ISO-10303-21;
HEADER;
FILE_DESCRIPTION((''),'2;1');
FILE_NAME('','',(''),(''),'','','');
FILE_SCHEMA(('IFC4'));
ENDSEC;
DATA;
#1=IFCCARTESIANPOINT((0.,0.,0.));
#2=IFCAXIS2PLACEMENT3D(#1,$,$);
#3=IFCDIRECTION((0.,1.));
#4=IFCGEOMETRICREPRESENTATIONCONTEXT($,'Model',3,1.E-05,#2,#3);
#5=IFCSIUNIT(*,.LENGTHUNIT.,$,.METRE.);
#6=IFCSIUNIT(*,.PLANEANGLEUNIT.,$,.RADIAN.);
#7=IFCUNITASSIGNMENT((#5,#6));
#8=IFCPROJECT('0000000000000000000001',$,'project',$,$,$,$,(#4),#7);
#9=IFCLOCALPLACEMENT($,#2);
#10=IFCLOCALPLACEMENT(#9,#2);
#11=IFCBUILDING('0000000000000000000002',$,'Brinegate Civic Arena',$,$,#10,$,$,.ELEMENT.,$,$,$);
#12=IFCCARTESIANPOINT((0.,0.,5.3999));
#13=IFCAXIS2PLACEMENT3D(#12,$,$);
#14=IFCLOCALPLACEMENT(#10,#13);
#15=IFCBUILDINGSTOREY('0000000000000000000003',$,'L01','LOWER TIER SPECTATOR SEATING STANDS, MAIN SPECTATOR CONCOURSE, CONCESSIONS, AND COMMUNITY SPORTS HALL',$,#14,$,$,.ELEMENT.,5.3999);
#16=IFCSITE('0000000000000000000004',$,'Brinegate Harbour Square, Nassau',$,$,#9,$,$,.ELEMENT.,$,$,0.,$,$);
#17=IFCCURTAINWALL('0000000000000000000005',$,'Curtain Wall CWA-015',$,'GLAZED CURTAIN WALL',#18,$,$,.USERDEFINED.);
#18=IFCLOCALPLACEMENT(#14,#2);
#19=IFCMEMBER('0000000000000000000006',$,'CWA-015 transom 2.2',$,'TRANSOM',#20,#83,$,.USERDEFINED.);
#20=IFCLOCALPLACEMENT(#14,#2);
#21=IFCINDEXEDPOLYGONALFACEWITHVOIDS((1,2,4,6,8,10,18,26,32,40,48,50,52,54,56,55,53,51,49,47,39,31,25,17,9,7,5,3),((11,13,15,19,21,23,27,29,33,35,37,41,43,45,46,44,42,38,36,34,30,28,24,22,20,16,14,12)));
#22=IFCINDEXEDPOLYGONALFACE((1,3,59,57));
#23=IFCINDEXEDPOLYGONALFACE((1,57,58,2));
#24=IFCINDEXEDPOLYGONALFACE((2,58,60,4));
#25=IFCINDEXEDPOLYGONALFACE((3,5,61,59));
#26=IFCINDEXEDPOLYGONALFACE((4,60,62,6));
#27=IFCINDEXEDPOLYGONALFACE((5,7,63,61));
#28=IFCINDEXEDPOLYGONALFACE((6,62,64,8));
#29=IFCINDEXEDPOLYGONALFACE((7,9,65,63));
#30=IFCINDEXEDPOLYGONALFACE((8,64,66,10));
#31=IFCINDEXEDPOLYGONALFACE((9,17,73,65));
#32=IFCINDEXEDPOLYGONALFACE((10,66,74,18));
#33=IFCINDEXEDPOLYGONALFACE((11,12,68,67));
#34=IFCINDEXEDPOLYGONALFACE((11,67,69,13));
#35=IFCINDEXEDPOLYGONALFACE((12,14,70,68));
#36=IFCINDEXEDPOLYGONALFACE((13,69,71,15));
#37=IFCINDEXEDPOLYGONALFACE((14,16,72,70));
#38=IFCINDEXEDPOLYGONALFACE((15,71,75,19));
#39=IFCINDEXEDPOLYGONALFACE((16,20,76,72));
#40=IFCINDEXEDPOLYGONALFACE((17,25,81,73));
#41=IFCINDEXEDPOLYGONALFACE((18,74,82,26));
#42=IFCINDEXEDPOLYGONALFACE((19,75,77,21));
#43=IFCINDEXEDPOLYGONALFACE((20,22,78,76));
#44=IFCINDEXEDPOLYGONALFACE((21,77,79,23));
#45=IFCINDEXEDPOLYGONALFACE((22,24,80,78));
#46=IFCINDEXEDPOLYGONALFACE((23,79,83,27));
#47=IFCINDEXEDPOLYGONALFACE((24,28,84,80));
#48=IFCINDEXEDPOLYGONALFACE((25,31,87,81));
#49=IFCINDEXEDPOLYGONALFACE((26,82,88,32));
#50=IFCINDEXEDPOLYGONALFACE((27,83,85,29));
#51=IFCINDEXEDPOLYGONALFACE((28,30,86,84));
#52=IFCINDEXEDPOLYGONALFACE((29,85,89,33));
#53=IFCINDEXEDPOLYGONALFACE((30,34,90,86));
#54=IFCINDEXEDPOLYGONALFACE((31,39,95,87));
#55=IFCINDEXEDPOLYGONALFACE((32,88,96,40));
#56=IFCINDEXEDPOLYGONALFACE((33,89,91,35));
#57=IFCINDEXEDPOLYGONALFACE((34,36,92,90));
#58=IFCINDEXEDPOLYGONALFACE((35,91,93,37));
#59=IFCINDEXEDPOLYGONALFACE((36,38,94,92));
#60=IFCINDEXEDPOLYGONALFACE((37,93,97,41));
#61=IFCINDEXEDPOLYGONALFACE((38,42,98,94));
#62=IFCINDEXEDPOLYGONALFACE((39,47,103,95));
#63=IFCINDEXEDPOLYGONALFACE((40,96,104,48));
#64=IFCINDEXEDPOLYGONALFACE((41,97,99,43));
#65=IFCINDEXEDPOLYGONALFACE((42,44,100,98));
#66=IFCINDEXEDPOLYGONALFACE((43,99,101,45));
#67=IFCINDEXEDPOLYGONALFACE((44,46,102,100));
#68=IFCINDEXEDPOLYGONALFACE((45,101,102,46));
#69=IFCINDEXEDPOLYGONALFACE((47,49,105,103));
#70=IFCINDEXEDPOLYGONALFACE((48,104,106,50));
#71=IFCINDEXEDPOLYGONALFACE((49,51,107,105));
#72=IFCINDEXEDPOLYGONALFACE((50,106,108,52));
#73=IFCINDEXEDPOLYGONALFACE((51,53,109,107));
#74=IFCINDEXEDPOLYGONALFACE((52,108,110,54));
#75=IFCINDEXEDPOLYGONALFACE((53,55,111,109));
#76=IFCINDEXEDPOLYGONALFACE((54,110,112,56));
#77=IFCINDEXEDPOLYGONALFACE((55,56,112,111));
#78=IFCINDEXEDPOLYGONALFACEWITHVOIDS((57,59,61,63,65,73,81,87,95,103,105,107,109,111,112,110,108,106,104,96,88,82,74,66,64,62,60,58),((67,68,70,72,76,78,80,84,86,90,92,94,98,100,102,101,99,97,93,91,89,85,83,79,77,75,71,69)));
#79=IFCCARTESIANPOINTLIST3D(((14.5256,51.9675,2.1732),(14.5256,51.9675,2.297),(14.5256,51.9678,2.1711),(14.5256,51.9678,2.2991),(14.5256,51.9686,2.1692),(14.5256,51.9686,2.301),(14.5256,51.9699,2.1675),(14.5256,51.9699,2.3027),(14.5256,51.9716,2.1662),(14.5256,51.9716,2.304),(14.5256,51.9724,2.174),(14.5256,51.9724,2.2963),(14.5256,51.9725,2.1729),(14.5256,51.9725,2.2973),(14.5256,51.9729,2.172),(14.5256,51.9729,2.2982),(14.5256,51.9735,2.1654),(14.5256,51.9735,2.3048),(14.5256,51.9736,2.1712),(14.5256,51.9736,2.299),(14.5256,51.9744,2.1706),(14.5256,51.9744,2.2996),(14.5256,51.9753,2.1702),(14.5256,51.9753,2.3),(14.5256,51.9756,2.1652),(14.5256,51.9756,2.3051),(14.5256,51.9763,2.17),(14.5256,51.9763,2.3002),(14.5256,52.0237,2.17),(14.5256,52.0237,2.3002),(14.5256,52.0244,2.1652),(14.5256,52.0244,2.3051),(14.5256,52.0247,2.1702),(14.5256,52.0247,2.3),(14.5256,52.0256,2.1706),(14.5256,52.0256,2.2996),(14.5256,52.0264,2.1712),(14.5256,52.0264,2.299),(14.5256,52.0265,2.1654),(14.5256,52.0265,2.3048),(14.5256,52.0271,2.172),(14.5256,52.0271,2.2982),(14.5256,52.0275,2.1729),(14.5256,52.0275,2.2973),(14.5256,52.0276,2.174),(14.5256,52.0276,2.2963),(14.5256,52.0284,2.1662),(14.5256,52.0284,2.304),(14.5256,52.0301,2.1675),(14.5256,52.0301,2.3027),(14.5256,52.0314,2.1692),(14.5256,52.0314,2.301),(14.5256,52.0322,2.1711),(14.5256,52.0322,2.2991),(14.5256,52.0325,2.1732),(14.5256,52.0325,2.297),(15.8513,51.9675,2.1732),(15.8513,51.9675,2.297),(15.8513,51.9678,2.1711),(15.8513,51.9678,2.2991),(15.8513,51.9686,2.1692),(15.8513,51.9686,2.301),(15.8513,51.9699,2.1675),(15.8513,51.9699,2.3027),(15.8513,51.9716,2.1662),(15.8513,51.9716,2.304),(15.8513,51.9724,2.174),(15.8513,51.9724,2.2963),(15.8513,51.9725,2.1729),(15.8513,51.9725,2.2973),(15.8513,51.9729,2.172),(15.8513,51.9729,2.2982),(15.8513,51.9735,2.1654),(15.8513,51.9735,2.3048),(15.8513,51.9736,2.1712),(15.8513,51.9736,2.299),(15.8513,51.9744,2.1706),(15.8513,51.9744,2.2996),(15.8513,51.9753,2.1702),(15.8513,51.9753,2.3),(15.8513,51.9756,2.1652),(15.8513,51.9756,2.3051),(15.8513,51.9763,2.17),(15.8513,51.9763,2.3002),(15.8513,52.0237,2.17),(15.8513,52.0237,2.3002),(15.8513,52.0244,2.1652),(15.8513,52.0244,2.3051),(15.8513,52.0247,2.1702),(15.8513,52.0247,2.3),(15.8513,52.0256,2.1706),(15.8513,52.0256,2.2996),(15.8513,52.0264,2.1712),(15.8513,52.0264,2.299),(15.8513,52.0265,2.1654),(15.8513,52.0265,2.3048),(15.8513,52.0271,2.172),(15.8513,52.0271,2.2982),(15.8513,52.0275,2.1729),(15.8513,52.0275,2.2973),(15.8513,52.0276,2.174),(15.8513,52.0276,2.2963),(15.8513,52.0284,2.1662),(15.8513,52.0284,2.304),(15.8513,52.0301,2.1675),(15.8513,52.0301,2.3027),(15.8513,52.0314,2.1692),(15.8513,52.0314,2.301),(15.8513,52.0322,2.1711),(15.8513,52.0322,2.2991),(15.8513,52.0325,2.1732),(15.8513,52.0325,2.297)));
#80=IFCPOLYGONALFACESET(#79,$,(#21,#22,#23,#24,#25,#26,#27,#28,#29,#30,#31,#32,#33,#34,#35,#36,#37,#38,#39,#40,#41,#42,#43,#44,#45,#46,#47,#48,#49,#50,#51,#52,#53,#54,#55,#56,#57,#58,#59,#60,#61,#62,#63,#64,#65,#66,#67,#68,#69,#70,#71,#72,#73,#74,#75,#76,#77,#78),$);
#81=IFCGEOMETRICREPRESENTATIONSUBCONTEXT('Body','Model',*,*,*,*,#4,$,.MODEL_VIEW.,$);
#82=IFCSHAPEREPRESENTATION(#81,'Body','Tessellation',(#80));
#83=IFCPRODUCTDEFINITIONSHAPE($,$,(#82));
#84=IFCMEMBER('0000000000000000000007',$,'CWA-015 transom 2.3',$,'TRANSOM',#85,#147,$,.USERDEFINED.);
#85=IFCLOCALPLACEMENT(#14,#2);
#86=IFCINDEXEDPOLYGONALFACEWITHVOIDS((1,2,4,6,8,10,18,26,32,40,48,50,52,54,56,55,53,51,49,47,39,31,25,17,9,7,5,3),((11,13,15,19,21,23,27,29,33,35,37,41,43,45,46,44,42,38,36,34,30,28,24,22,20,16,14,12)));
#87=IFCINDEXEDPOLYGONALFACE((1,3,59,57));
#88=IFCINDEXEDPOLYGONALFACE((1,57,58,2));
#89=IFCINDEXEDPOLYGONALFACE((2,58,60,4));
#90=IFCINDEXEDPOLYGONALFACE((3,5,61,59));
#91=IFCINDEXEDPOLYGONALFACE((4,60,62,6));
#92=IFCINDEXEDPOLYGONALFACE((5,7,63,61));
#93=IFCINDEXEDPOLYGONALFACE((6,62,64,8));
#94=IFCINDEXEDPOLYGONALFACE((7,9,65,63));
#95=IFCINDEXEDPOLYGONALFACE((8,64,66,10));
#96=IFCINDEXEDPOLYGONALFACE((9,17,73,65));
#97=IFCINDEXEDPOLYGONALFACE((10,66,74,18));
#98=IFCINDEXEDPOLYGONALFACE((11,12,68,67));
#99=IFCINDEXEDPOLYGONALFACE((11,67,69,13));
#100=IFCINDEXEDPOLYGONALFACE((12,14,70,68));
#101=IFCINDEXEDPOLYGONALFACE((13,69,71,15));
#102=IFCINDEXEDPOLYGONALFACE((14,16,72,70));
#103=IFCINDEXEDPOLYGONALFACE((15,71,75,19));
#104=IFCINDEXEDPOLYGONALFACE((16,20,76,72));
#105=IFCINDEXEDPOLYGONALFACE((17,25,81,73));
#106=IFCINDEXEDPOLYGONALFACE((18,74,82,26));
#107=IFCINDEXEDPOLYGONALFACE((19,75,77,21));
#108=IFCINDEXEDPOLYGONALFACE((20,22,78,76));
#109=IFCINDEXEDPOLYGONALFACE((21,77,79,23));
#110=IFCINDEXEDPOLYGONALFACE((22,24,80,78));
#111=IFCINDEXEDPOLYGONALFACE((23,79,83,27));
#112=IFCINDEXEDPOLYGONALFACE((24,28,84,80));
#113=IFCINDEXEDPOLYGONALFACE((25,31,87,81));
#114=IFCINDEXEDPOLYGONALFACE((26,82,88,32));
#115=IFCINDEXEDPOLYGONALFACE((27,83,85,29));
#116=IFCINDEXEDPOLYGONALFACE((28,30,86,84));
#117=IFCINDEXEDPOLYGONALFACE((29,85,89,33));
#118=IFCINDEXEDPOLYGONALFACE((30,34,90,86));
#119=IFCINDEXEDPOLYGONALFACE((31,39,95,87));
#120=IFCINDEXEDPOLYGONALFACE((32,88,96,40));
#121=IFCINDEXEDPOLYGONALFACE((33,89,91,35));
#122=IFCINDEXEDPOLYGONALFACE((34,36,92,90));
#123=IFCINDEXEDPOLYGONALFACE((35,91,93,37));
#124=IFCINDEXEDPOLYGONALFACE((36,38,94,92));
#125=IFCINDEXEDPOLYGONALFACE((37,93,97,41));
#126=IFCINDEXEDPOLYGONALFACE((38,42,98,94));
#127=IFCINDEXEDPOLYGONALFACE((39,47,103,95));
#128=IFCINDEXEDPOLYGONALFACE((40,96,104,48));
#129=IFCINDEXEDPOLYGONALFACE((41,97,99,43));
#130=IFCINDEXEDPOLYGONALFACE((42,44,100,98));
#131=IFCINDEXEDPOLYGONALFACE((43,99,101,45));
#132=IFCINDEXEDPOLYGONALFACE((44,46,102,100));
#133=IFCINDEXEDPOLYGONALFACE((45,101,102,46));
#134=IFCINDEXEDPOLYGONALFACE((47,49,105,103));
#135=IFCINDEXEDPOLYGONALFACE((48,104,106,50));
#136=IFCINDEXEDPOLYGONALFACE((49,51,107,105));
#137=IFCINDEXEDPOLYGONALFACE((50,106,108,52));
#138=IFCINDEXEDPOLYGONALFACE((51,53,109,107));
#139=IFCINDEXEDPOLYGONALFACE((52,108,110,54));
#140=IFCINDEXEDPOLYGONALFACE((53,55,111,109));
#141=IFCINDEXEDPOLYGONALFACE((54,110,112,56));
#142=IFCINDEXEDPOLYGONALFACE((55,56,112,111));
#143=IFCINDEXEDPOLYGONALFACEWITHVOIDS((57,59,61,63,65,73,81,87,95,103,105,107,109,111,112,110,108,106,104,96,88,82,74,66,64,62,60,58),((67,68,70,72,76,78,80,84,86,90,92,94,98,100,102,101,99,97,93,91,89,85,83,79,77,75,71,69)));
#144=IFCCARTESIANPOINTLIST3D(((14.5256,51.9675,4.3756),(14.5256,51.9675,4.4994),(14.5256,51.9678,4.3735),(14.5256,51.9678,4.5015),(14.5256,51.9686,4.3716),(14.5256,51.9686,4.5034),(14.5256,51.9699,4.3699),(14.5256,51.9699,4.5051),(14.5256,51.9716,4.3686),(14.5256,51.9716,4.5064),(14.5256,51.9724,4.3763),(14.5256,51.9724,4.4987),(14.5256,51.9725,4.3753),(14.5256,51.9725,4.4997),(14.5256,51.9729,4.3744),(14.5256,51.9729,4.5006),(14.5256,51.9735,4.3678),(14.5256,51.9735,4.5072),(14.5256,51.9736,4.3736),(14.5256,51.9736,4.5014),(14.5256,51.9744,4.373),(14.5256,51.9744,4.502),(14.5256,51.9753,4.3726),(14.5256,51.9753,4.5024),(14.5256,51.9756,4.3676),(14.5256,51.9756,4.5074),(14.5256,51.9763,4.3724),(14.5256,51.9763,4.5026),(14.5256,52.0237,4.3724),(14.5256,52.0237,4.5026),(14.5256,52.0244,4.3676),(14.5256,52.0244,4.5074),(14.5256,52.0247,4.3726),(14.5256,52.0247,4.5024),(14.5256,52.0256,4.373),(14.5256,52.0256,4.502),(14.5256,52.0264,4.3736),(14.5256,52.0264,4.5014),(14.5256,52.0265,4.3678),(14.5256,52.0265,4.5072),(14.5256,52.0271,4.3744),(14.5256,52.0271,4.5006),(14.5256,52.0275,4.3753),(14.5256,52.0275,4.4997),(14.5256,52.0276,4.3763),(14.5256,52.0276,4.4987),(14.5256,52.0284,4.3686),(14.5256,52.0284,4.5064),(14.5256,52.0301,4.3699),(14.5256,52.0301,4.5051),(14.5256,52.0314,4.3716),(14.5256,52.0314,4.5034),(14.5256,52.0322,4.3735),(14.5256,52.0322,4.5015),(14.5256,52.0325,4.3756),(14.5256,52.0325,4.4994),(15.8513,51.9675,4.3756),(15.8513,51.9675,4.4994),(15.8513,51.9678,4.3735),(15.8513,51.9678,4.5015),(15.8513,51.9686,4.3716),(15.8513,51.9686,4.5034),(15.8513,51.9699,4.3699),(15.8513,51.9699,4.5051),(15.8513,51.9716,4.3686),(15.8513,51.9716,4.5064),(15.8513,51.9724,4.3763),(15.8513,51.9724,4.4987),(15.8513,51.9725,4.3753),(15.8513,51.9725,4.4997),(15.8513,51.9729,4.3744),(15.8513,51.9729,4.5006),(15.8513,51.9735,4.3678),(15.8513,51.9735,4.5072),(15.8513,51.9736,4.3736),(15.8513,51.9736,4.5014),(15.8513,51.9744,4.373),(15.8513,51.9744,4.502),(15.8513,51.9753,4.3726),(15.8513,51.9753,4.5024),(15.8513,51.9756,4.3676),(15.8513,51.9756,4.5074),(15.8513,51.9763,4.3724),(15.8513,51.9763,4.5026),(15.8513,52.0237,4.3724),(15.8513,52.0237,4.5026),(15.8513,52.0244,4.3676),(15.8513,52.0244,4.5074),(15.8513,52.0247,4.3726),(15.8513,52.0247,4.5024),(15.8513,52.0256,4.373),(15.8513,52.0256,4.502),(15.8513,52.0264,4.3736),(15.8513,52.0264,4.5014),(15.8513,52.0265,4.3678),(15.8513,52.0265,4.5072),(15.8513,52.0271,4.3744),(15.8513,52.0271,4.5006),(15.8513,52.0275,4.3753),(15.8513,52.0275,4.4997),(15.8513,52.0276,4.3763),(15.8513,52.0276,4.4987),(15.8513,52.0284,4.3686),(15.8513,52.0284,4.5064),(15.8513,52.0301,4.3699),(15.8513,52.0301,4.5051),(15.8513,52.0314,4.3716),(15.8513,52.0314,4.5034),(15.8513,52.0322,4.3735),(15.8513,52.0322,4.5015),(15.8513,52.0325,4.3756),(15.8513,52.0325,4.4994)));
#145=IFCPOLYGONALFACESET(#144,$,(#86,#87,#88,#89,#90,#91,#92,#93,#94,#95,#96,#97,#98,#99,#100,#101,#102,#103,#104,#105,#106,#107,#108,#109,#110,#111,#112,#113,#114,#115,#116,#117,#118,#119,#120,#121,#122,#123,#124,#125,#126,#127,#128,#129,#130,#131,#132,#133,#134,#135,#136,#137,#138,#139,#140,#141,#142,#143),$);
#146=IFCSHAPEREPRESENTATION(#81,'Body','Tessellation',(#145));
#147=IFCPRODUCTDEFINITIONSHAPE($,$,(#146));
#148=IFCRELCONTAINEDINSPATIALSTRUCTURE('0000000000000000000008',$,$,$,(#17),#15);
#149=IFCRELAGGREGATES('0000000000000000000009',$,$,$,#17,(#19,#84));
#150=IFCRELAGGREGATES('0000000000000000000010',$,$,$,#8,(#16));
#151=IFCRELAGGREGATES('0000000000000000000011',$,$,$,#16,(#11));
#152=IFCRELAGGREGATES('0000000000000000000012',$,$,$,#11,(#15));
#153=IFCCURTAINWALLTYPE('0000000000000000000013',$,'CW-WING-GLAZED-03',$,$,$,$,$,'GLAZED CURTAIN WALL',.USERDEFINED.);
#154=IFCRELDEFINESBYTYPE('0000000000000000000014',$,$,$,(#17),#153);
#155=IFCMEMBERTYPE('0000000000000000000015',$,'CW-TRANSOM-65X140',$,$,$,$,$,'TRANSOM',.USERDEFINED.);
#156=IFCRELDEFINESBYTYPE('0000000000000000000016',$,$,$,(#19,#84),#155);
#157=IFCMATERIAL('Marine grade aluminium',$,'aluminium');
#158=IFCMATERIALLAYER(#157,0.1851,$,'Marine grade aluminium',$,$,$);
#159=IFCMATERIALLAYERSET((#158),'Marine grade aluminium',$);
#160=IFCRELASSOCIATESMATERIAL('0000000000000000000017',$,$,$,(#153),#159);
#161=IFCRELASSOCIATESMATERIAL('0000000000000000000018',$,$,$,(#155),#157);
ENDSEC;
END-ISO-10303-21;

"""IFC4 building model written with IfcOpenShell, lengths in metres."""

from ifc_helpers import new_model, si_unit, direction, frame, origin, origin_2d, place, context, subcontext, project, spatial, hollow_rectangle, extrude, material, layer, layer_set, material_profile, profile_set, type_object, element, aggregate, save


model = new_model("IFC4")

# Units and contexts
model_context = context("Model", 3, precision=1e-05, world=origin(), true_north=direction((0.0, 1.0)))
body_context = subcontext(model_context, "Body", "Model", "MODEL_VIEW")
ifc_project = project(units=[si_unit("LENGTHUNIT", "METRE"), si_unit("PLANEANGLEUNIT", "RADIAN")], contexts=[model_context])

# Site, building, storey
site_placement = place(None, origin())
site = spatial("IfcSite", under=ifc_project, at=site_placement, Name="Brinegate Harbour Square, Nassau", CompositionType="ELEMENT", RefElevation=0.0)
building_placement = place(site_placement, origin())
building = spatial("IfcBuilding", under=site, at=building_placement, Name="Brinegate Civic Arena", CompositionType="ELEMENT")
storey_placement = place(building_placement, frame((0.0, 0.0, 5.3999)))
storey = spatial("IfcBuildingStorey", under=building, at=storey_placement, Name="L01", Description="LOWER TIER SPECTATOR SEATING STANDS, MAIN SPECTATOR CONCOURSE, CONCESSIONS, AND COMMUNITY SPORTS HALL", CompositionType="ELEMENT", Elevation=5.3999)

# Shared definitions
ifc_material_1 = material(Name="Marine grade aluminium", Category="aluminium")
ifc_layer_1 = layer(ifc_material_1, 0.1851, Name="Marine grade aluminium")
ifc_layer_set_1 = layer_set([ifc_layer_1], Name="Marine grade aluminium")
curtain_wall_type = type_object("IfcCurtainWallType", Name="CW-WING-GLAZED-03", ElementType="GLAZED CURTAIN WALL", PredefinedType="USERDEFINED", material=ifc_layer_set_1)

# Curtain wall, members
curtain_wall_1_placement = place(storey_placement, origin())
curtain_wall_1 = element("IfcCurtainWall", 1, at=curtain_wall_1_placement, inside=storey, type_object=curtain_wall_type, Name="Curtain Wall CWA-015", ObjectType="GLAZED CURTAIN WALL", PredefinedType="USERDEFINED")
ifc_material_profile_1 = material_profile(ifc_material_1, hollow_rectangle(XDim=0.0649, YDim=0.1399, WallThickness=0.0049, InnerFilletRadius=0.0039, OuterFilletRadius=0.0081, at=origin_2d()), Name="TRN65X140")
ifc_profile_set_1 = profile_set([ifc_material_profile_1], Name="Marine grade aluminium")
member_type_1 = type_object("IfcMemberType", Name="CW-TRANSOM-65X140", ElementType="TRANSOM", PredefinedType="USERDEFINED", material=ifc_profile_set_1)
member_1_placement = place(storey_placement, frame((14.5256, 52.0, 2.2351), z_axis=(1.0, 0.0, 0.0), x_axis=(0.0, 1.0, 0.0)))
member_1 = element("IfcMember", 2, at=member_1_placement, type_object=member_type_1, Name="CWA-015 transom 2.2", ObjectType="TRANSOM", PredefinedType="USERDEFINED", context=body_context, shape_type="SweptSolid", body=[
    extrude(hollow_rectangle(XDim=0.0649, YDim=0.1399, WallThickness=0.0049, InnerFilletRadius=0.0039, OuterFilletRadius=0.0081, at=origin_2d()), origin(), (0.0, 0.0, 1.0), 1.3257),
])
member_2_placement = place(storey_placement, frame((14.5256, 52.0, 4.4375), z_axis=(1.0, 0.0, 0.0), x_axis=(0.0, 1.0, 0.0)))
member_2 = element("IfcMember", 3, at=member_2_placement, type_object=member_type_1, Name="CWA-015 transom 2.3", ObjectType="TRANSOM", PredefinedType="USERDEFINED", context=body_context, shape_type="SweptSolid", body=[
    extrude(hollow_rectangle(XDim=0.0649, YDim=0.1399, WallThickness=0.0049, InnerFilletRadius=0.0039, OuterFilletRadius=0.0081, at=origin_2d()), origin(), (0.0, 0.0, 1.0), 1.3257),
])

aggregate(curtain_wall_1, [member_1, member_2])

save(model, "model.ifc")
